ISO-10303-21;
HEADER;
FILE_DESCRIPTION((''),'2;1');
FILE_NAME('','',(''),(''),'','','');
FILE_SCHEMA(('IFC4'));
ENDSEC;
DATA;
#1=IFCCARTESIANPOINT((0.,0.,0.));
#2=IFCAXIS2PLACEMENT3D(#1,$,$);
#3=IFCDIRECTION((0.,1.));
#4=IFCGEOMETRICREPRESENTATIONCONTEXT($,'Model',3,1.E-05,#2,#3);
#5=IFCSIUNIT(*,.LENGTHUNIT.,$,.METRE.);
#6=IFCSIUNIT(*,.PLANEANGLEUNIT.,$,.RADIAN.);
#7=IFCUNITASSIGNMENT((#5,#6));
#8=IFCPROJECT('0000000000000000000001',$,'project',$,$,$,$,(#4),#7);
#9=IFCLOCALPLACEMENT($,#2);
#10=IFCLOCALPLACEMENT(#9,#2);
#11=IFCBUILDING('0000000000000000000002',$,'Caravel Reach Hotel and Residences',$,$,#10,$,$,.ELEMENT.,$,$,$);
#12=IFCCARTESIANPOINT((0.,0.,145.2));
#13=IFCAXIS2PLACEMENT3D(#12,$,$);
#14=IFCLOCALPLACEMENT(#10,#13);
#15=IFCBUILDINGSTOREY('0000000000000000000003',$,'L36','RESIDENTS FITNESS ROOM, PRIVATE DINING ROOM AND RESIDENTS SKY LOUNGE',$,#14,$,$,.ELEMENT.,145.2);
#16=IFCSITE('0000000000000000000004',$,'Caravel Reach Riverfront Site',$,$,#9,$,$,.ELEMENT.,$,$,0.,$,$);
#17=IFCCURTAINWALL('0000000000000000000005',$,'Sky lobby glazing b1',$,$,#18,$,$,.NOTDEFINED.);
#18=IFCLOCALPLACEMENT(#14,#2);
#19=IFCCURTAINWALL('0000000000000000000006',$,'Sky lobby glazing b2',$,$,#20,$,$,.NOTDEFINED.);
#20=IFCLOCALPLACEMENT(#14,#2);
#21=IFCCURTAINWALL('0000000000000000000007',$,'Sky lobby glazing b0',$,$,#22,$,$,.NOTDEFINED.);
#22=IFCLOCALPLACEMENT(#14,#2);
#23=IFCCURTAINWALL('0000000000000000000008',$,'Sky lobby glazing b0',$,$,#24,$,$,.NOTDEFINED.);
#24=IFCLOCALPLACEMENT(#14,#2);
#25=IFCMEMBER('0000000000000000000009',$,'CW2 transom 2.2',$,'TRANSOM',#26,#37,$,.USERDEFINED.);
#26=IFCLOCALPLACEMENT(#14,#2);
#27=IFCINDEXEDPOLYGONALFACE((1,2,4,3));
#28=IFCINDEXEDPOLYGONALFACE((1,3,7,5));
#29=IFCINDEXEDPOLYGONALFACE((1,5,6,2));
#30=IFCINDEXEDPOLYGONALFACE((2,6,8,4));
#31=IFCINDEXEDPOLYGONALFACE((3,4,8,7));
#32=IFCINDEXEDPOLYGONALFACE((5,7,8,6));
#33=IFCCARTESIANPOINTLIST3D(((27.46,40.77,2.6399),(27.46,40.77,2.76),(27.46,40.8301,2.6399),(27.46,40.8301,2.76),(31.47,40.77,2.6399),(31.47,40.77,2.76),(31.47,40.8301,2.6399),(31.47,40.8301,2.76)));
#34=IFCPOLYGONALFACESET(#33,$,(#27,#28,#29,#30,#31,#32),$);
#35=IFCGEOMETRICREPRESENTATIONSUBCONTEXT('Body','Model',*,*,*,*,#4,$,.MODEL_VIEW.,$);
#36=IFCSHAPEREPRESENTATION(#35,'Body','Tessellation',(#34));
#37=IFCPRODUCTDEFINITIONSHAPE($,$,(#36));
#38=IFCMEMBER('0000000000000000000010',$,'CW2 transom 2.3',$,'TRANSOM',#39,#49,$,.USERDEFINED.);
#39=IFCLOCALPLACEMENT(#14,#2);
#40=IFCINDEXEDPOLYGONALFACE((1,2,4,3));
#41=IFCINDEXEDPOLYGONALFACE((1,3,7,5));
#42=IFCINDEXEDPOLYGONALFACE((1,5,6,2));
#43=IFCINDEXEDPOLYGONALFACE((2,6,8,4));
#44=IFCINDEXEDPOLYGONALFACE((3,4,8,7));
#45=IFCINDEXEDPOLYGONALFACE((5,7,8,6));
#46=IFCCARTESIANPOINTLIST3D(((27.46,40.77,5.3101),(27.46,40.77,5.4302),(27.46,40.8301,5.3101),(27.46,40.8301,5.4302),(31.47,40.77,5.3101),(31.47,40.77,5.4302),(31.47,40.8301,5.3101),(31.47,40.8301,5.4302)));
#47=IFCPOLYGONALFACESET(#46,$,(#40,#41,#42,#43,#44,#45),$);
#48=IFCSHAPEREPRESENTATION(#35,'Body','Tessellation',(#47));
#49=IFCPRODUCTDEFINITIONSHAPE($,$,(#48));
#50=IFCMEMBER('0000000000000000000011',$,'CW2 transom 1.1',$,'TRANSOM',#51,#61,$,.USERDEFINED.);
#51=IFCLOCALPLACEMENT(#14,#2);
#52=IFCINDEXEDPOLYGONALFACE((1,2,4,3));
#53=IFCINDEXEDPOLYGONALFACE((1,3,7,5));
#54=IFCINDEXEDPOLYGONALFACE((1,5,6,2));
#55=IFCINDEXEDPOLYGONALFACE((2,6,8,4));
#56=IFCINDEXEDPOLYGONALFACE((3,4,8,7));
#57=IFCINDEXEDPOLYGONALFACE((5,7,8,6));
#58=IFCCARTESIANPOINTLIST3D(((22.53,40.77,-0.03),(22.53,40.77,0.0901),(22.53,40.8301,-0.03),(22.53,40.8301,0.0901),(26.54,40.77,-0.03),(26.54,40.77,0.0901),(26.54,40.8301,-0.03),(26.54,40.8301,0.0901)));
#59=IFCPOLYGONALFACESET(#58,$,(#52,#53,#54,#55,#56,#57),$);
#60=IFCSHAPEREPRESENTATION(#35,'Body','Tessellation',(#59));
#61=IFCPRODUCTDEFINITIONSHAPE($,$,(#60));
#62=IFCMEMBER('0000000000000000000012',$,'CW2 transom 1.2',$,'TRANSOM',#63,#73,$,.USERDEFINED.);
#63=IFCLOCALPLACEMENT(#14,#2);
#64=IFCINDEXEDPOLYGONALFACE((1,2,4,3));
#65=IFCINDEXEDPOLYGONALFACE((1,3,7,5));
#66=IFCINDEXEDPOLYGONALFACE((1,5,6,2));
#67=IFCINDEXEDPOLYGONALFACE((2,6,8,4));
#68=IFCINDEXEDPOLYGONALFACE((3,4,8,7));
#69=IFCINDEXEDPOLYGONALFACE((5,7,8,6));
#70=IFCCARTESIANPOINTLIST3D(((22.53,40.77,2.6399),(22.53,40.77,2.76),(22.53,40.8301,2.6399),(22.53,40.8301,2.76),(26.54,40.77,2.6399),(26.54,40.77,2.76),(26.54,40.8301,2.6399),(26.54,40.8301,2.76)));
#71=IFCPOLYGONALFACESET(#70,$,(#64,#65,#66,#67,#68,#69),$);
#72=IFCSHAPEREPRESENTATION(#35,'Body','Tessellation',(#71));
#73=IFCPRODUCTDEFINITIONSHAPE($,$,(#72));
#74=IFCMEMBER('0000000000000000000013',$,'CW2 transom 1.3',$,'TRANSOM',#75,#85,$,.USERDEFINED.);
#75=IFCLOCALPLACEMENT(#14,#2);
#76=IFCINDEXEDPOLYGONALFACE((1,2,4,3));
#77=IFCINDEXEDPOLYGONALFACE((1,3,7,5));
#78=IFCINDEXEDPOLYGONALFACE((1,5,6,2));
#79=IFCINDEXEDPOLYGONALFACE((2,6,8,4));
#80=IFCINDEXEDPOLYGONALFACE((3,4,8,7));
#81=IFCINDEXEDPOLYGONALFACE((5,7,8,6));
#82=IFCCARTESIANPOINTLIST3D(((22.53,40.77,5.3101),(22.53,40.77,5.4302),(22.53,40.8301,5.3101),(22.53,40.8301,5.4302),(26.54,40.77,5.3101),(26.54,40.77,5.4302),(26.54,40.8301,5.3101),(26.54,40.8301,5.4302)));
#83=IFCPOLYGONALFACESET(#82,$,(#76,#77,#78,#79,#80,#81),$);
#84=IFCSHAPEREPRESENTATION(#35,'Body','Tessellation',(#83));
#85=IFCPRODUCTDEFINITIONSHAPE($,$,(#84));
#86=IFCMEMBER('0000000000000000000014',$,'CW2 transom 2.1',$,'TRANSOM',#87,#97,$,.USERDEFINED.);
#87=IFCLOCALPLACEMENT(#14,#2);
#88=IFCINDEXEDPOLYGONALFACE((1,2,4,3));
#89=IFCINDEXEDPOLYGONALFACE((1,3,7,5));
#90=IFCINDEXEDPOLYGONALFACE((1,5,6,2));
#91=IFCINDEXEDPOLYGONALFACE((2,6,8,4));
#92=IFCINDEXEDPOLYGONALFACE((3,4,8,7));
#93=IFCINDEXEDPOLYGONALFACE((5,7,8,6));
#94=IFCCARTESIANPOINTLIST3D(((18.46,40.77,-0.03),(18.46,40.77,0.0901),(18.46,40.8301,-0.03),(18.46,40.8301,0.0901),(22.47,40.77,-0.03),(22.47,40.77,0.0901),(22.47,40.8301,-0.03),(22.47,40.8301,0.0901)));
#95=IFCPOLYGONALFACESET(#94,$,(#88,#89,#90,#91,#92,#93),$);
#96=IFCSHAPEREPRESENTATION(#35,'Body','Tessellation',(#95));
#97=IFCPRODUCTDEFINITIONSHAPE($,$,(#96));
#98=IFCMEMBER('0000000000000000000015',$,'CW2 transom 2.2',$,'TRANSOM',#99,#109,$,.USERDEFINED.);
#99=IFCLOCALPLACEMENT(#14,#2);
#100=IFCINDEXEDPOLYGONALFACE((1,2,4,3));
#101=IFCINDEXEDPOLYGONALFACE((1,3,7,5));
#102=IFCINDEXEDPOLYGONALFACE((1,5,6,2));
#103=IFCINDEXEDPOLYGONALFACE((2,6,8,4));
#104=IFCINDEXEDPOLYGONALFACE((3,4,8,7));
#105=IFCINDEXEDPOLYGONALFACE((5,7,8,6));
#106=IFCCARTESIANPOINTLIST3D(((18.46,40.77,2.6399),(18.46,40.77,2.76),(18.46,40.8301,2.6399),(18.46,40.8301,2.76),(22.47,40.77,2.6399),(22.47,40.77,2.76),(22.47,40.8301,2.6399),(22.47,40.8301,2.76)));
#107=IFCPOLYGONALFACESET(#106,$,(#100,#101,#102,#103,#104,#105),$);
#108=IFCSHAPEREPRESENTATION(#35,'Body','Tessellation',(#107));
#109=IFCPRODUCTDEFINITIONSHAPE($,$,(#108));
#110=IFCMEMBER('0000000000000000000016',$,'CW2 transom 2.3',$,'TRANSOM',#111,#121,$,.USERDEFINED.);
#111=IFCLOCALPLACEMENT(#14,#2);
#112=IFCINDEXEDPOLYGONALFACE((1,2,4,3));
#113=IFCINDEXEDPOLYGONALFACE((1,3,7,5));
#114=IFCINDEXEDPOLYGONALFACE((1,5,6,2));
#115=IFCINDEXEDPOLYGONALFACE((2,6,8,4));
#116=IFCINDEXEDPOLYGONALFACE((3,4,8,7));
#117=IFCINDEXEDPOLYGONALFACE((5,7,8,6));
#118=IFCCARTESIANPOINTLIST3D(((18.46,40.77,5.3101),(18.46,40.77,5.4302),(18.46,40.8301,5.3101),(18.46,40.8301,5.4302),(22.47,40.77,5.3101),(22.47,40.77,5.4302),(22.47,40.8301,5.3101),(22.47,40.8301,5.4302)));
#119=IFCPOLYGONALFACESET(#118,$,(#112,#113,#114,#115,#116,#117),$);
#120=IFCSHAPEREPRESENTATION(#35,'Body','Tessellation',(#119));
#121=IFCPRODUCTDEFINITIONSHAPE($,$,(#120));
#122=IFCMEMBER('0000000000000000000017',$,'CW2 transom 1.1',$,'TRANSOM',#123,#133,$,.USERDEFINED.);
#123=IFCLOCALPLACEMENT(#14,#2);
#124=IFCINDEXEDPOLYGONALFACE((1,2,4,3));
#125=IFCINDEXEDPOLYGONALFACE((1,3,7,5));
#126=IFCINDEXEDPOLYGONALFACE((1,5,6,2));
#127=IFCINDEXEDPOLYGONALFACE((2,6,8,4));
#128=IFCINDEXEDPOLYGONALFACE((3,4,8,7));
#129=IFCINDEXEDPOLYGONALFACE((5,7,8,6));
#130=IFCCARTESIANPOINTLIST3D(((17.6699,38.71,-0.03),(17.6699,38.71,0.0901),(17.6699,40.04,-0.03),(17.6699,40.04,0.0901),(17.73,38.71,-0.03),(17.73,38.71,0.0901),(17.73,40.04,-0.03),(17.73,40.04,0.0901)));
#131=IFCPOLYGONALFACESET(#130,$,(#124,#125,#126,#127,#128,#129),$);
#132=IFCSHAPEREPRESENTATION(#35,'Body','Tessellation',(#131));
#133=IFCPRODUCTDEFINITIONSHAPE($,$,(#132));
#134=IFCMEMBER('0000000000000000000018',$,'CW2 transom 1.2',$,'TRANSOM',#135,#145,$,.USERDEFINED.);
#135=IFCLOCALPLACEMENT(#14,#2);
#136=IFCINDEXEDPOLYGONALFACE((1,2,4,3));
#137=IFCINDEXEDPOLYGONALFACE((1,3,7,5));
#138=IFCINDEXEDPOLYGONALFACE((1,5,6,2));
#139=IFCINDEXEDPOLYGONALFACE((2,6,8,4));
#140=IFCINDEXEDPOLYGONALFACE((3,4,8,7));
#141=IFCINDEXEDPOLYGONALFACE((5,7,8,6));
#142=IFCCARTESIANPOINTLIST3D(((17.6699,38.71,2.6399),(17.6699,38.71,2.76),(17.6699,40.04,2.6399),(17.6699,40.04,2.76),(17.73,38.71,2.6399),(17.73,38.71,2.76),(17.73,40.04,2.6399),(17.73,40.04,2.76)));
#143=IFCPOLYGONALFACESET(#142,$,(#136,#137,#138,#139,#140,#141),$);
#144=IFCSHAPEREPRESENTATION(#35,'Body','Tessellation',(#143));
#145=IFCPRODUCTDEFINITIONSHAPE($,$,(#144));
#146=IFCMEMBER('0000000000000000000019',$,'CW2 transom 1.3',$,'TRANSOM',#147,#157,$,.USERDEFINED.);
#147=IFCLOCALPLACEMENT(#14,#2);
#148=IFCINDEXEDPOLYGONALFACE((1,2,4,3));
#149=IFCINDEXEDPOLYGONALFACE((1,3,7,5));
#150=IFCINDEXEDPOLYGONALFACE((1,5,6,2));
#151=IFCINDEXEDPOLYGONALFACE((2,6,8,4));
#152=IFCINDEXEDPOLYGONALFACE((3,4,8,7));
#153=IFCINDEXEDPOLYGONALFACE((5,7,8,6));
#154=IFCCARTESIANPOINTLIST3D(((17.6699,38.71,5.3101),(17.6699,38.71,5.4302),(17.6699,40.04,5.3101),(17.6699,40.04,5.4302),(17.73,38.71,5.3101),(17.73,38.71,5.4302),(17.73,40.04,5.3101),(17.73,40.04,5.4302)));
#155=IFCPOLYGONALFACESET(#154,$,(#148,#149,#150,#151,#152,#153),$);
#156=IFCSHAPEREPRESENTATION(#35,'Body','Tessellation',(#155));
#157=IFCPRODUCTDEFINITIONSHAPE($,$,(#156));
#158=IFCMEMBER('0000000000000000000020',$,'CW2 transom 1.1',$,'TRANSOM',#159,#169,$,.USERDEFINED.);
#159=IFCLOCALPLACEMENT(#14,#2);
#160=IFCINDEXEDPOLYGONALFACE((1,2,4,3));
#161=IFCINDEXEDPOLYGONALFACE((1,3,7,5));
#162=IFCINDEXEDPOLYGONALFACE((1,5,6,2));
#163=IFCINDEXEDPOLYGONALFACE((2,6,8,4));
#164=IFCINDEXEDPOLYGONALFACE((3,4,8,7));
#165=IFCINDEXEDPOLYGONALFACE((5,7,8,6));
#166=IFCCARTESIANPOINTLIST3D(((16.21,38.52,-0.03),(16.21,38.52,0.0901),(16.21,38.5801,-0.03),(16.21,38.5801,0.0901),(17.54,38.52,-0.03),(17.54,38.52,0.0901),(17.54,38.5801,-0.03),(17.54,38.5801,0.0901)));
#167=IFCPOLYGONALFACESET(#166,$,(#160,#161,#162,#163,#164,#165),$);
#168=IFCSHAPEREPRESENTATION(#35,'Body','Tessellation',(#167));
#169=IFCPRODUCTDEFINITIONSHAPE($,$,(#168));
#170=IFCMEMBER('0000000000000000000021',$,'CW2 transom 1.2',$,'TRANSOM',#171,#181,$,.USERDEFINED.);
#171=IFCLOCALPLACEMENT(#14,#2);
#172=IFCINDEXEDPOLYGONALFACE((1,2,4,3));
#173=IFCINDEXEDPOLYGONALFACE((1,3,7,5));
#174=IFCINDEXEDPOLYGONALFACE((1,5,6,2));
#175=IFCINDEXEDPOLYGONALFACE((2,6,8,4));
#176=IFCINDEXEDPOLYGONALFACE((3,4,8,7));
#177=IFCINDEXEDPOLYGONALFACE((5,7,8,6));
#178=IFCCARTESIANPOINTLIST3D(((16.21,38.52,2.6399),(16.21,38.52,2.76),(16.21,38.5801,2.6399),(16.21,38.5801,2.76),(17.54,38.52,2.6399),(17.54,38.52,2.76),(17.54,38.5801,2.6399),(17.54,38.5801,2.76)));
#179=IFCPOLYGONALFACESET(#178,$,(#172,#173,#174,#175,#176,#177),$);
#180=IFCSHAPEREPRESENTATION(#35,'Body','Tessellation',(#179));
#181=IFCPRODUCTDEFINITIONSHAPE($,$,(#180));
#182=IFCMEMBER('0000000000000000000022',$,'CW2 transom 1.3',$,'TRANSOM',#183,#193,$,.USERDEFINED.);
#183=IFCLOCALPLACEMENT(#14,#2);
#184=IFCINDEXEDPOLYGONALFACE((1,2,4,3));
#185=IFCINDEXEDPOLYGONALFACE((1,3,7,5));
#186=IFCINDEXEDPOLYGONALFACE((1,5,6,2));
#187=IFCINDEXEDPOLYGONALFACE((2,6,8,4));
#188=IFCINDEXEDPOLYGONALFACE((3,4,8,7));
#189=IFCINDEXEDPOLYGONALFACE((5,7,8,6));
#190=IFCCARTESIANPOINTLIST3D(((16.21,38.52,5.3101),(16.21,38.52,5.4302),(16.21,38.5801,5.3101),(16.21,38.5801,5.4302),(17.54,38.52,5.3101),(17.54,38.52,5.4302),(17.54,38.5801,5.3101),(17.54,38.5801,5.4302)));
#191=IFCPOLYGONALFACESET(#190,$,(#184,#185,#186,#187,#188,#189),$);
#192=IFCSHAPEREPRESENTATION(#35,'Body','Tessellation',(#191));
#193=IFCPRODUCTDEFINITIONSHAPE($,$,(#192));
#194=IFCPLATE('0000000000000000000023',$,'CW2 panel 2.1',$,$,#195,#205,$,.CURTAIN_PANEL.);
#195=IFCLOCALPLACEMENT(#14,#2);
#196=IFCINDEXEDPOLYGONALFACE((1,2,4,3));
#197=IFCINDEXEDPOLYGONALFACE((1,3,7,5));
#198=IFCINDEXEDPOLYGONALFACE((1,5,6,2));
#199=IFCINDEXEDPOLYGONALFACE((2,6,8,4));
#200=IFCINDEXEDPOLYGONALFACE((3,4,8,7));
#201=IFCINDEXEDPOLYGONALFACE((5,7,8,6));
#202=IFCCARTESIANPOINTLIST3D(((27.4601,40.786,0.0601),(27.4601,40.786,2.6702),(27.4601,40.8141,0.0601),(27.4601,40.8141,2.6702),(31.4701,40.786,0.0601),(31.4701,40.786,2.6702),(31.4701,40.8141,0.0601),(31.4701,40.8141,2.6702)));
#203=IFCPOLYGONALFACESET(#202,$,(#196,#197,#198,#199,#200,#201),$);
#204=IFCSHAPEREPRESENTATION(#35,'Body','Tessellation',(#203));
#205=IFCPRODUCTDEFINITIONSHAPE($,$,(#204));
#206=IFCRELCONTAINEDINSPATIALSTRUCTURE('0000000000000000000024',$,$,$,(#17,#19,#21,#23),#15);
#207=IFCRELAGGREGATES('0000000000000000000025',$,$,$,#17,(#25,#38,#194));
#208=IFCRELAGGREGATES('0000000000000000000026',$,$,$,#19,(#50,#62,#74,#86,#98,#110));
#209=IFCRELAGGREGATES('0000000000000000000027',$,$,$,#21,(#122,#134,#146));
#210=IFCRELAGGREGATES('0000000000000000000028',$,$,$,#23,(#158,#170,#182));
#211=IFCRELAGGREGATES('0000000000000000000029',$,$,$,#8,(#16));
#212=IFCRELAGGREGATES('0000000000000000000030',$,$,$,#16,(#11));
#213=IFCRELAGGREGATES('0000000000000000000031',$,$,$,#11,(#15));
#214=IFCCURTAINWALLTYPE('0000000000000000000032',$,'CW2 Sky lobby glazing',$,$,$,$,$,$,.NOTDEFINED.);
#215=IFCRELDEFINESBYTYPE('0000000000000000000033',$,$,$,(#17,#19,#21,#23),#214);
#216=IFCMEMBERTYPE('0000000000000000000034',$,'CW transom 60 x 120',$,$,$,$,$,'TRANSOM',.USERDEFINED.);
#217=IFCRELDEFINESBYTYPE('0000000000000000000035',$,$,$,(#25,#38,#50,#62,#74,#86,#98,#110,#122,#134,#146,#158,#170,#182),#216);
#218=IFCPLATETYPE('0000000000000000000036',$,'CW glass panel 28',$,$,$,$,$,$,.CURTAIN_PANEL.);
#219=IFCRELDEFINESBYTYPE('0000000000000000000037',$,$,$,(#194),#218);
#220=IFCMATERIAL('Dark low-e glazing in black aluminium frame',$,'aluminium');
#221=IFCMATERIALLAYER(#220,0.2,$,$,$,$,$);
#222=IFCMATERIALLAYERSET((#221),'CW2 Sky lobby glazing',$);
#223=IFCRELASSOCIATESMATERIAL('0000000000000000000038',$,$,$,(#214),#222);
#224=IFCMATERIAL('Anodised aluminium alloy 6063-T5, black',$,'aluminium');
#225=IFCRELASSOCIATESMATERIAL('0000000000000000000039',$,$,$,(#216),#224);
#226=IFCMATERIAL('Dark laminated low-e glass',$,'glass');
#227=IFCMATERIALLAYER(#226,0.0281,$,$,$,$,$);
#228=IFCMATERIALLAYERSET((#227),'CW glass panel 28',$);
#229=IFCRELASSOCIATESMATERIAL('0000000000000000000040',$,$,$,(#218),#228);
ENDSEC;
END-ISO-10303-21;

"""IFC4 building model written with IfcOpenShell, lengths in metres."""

from ifc_helpers import new_model, si_unit, direction, frame, origin, origin_2d, place, context, subcontext, project, spatial, rectangle, extrude, material, layer, layer_set, material_profile, profile_set, type_object, element, aggregate, save


model = new_model("IFC4")

# Units and contexts
model_context = context("Model", 3, precision=1e-05, world=origin(), true_north=direction((0.0, 1.0)))
body_context = subcontext(model_context, "Body", "Model", "MODEL_VIEW")
ifc_project = project(units=[si_unit("LENGTHUNIT", "METRE"), si_unit("PLANEANGLEUNIT", "RADIAN")], contexts=[model_context])

# Site, building, storey
site_placement = place(None, origin())
site = spatial("IfcSite", under=ifc_project, at=site_placement, Name="Caravel Reach Riverfront Site", CompositionType="ELEMENT", RefElevation=0.0)
building_placement = place(site_placement, origin())
building = spatial("IfcBuilding", under=site, at=building_placement, Name="Caravel Reach Hotel and Residences", CompositionType="ELEMENT")
storey_placement = place(building_placement, frame((0.0, 0.0, 145.2)))
storey = spatial("IfcBuildingStorey", under=building, at=storey_placement, Name="L36", Description="RESIDENTS FITNESS ROOM, PRIVATE DINING ROOM AND RESIDENTS SKY LOUNGE", CompositionType="ELEMENT", Elevation=145.2)

# Curtain wall
ifc_material_1 = material(Name="Dark low-e glazing in black aluminium frame", Category="aluminium")
ifc_layer_1 = layer(ifc_material_1, 0.2)
ifc_layer_set_1 = layer_set([ifc_layer_1], Name="CW2 Sky lobby glazing")
curtain_wall_type = type_object("IfcCurtainWallType", Name="CW2 Sky lobby glazing", PredefinedType="NOTDEFINED", material=ifc_layer_set_1)
curtain_wall_1_placement = place(storey_placement, origin())
curtain_wall_1 = element("IfcCurtainWall", 1, at=curtain_wall_1_placement, inside=storey, type_object=curtain_wall_type, Name="Sky lobby glazing b1", PredefinedType="NOTDEFINED")

# Curtain walls
curtain_wall_2_placement = place(storey_placement, origin())
curtain_wall_2 = element("IfcCurtainWall", 2, at=curtain_wall_2_placement, inside=storey, type_object=curtain_wall_type, Name="Sky lobby glazing b2", PredefinedType="NOTDEFINED")
curtain_wall_3_placement = place(storey_placement, origin())
curtain_wall_3 = element("IfcCurtainWall", 3, at=curtain_wall_3_placement, inside=storey, type_object=curtain_wall_type, Name="Sky lobby glazing b0", PredefinedType="NOTDEFINED")
curtain_wall_4_placement = place(storey_placement, origin())
curtain_wall_4 = element("IfcCurtainWall", 4, at=curtain_wall_4_placement, inside=storey, type_object=curtain_wall_type, Name="Sky lobby glazing b0", PredefinedType="NOTDEFINED")

# Members
ifc_material_2 = material(Name="Anodised aluminium alloy 6063-T5, black", Category="aluminium")
ifc_material_profile_1 = material_profile(ifc_material_2, rectangle(XDim=0.0601, YDim=0.1201, at=origin_2d()), Name="CW transom 60 x 120")
ifc_profile_set_1 = profile_set([ifc_material_profile_1], Name="Anodised aluminium alloy 6063-T5, black")
member_type_1 = type_object("IfcMemberType", Name="CW transom 60 x 120", ElementType="TRANSOM", PredefinedType="USERDEFINED", material=ifc_profile_set_1)
member_1_placement = place(storey_placement, frame((31.47, 40.8, 2.7), z_axis=(-1.0, 0.0, 0.0), x_axis=(0.0, -1.0, 0.0)))
member_1 = element("IfcMember", 5, at=member_1_placement, type_object=member_type_1, Name="CW2 transom 2.2", ObjectType="TRANSOM", PredefinedType="USERDEFINED", context=body_context, shape_type="SweptSolid", body=[
    extrude(rectangle(XDim=0.0601, YDim=0.1201, at=origin_2d()), origin(), (0.0, 0.0, 1.0), 4.01),
])
member_2_placement = place(storey_placement, frame((31.47, 40.8, 5.3701), z_axis=(-1.0, 0.0, 0.0), x_axis=(0.0, -1.0, 0.0)))
member_2 = element("IfcMember", 6, at=member_2_placement, type_object=member_type_1, Name="CW2 transom 2.3", ObjectType="TRANSOM", PredefinedType="USERDEFINED", context=body_context, shape_type="SweptSolid", body=[
    extrude(rectangle(XDim=0.0601, YDim=0.1201, at=origin_2d()), origin(), (0.0, 0.0, 1.0), 4.01),
])
member_3_placement = place(storey_placement, frame((26.54, 40.8, 0.03), z_axis=(-1.0, 0.0, 0.0), x_axis=(0.0, -1.0, 0.0)))
member_3 = element("IfcMember", 7, at=member_3_placement, type_object=member_type_1, Name="CW2 transom 1.1", ObjectType="TRANSOM", PredefinedType="USERDEFINED", context=body_context, shape_type="SweptSolid", body=[
    extrude(rectangle(XDim=0.0601, YDim=0.1201, at=origin_2d()), origin(), (0.0, 0.0, 1.0), 4.01),
])
member_4_placement = place(storey_placement, frame((26.54, 40.8, 2.7), z_axis=(-1.0, 0.0, 0.0), x_axis=(0.0, -1.0, 0.0)))
member_4 = element("IfcMember", 8, at=member_4_placement, type_object=member_type_1, Name="CW2 transom 1.2", ObjectType="TRANSOM", PredefinedType="USERDEFINED", context=body_context, shape_type="SweptSolid", body=[
    extrude(rectangle(XDim=0.0601, YDim=0.1201, at=origin_2d()), origin(), (0.0, 0.0, 1.0), 4.01),
])
member_5_placement = place(storey_placement, frame((26.54, 40.8, 5.3701), z_axis=(-1.0, 0.0, 0.0), x_axis=(0.0, -1.0, 0.0)))
member_5 = element("IfcMember", 9, at=member_5_placement, type_object=member_type_1, Name="CW2 transom 1.3", ObjectType="TRANSOM", PredefinedType="USERDEFINED", context=body_context, shape_type="SweptSolid", body=[
    extrude(rectangle(XDim=0.0601, YDim=0.1201, at=origin_2d()), origin(), (0.0, 0.0, 1.0), 4.01),
])
member_6_placement = place(storey_placement, frame((22.47, 40.8, 0.03), z_axis=(-1.0, 0.0, 0.0), x_axis=(0.0, -1.0, 0.0)))
member_6 = element("IfcMember", 10, at=member_6_placement, type_object=member_type_1, Name="CW2 transom 2.1", ObjectType="TRANSOM", PredefinedType="USERDEFINED", context=body_context, shape_type="SweptSolid", body=[
    extrude(rectangle(XDim=0.0601, YDim=0.1201, at=origin_2d()), origin(), (0.0, 0.0, 1.0), 4.01),
])
member_7_placement = place(storey_placement, frame((22.47, 40.8, 2.7), z_axis=(-1.0, 0.0, 0.0), x_axis=(0.0, -1.0, 0.0)))
member_7 = element("IfcMember", 11, at=member_7_placement, type_object=member_type_1, Name="CW2 transom 2.2", ObjectType="TRANSOM", PredefinedType="USERDEFINED", context=body_context, shape_type="SweptSolid", body=[
    extrude(rectangle(XDim=0.0601, YDim=0.1201, at=origin_2d()), origin(), (0.0, 0.0, 1.0), 4.01),
])
member_8_placement = place(storey_placement, frame((22.47, 40.8, 5.3701), z_axis=(-1.0, 0.0, 0.0), x_axis=(0.0, -1.0, 0.0)))
member_8 = element("IfcMember", 12, at=member_8_placement, type_object=member_type_1, Name="CW2 transom 2.3", ObjectType="TRANSOM", PredefinedType="USERDEFINED", context=body_context, shape_type="SweptSolid", body=[
    extrude(rectangle(XDim=0.0601, YDim=0.1201, at=origin_2d()), origin(), (0.0, 0.0, 1.0), 4.01),
])
member_9_placement = place(storey_placement, frame((17.7, 40.04, 0.03), z_axis=(0.0, -1.0, 0.0), x_axis=(1.0, 0.0, 0.0)))
member_9 = element("IfcMember", 13, at=member_9_placement, type_object=member_type_1, Name="CW2 transom 1.1", ObjectType="TRANSOM", PredefinedType="USERDEFINED", context=body_context, shape_type="SweptSolid", body=[
    extrude(rectangle(XDim=0.0601, YDim=0.1201, at=origin_2d()), origin(), (0.0, 0.0, 1.0), 1.3301),
])
member_10_placement = place(storey_placement, frame((17.7, 40.04, 2.7), z_axis=(0.0, -1.0, 0.0), x_axis=(1.0, 0.0, 0.0)))
member_10 = element("IfcMember", 14, at=member_10_placement, type_object=member_type_1, Name="CW2 transom 1.2", ObjectType="TRANSOM", PredefinedType="USERDEFINED", context=body_context, shape_type="SweptSolid", body=[
    extrude(rectangle(XDim=0.0601, YDim=0.1201, at=origin_2d()), origin(), (0.0, 0.0, 1.0), 1.3301),
])
member_11_placement = place(storey_placement, frame((17.7, 40.04, 5.3701), z_axis=(0.0, -1.0, 0.0), x_axis=(1.0, 0.0, 0.0)))
member_11 = element("IfcMember", 15, at=member_11_placement, type_object=member_type_1, Name="CW2 transom 1.3", ObjectType="TRANSOM", PredefinedType="USERDEFINED", context=body_context, shape_type="SweptSolid", body=[
    extrude(rectangle(XDim=0.0601, YDim=0.1201, at=origin_2d()), origin(), (0.0, 0.0, 1.0), 1.3301),
])
member_12_placement = place(storey_placement, frame((17.54, 38.55, 0.03), z_axis=(-1.0, 0.0, 0.0), x_axis=(0.0, -1.0, 0.0)))
member_12 = element("IfcMember", 16, at=member_12_placement, type_object=member_type_1, Name="CW2 transom 1.1", ObjectType="TRANSOM", PredefinedType="USERDEFINED", context=body_context, shape_type="SweptSolid", body=[
    extrude(rectangle(XDim=0.0601, YDim=0.1201, at=origin_2d()), origin(), (0.0, 0.0, 1.0), 1.3301),
])
member_13_placement = place(storey_placement, frame((17.54, 38.55, 2.7), z_axis=(-1.0, 0.0, 0.0), x_axis=(0.0, -1.0, 0.0)))
member_13 = element("IfcMember", 17, at=member_13_placement, type_object=member_type_1, Name="CW2 transom 1.2", ObjectType="TRANSOM", PredefinedType="USERDEFINED", context=body_context, shape_type="SweptSolid", body=[
    extrude(rectangle(XDim=0.0601, YDim=0.1201, at=origin_2d()), origin(), (0.0, 0.0, 1.0), 1.3301),
])
member_14_placement = place(storey_placement, frame((17.54, 38.55, 5.3701), z_axis=(-1.0, 0.0, 0.0), x_axis=(0.0, -1.0, 0.0)))
member_14 = element("IfcMember", 18, at=member_14_placement, type_object=member_type_1, Name="CW2 transom 1.3", ObjectType="TRANSOM", PredefinedType="USERDEFINED", context=body_context, shape_type="SweptSolid", body=[
    extrude(rectangle(XDim=0.0601, YDim=0.1201, at=origin_2d()), origin(), (0.0, 0.0, 1.0), 1.3301),
])

# Plate
ifc_material_3 = material(Name="Dark laminated low-e glass", Category="glass")
ifc_layer_2 = layer(ifc_material_3, 0.0281)
ifc_layer_set_2 = layer_set([ifc_layer_2], Name="CW glass panel 28")
plate_type = type_object("IfcPlateType", Name="CW glass panel 28", PredefinedType="CURTAIN_PANEL", material=ifc_layer_set_2)
plate_1_placement = place(storey_placement, frame((29.4651, 40.8, 0.0601), z_axis=(0.0, 0.0, 1.0), x_axis=(-1.0, 0.0, 0.0)))
plate_1 = element("IfcPlate", 19, at=plate_1_placement, type_object=plate_type, Name="CW2 panel 2.1", PredefinedType="CURTAIN_PANEL", context=body_context, shape_type="SweptSolid", body=[
    extrude(rectangle(XDim=4.01, YDim=0.0281, at=origin_2d()), origin(), (0.0, 0.0, 1.0), 2.6101),
])
aggregate(curtain_wall_1, [member_1, member_2, plate_1])
aggregate(curtain_wall_2, [member_3, member_4, member_5, member_6, member_7, member_8])
aggregate(curtain_wall_3, [member_9, member_10, member_11])
aggregate(curtain_wall_4, [member_12, member_13, member_14])

save(model, "model.ifc")
